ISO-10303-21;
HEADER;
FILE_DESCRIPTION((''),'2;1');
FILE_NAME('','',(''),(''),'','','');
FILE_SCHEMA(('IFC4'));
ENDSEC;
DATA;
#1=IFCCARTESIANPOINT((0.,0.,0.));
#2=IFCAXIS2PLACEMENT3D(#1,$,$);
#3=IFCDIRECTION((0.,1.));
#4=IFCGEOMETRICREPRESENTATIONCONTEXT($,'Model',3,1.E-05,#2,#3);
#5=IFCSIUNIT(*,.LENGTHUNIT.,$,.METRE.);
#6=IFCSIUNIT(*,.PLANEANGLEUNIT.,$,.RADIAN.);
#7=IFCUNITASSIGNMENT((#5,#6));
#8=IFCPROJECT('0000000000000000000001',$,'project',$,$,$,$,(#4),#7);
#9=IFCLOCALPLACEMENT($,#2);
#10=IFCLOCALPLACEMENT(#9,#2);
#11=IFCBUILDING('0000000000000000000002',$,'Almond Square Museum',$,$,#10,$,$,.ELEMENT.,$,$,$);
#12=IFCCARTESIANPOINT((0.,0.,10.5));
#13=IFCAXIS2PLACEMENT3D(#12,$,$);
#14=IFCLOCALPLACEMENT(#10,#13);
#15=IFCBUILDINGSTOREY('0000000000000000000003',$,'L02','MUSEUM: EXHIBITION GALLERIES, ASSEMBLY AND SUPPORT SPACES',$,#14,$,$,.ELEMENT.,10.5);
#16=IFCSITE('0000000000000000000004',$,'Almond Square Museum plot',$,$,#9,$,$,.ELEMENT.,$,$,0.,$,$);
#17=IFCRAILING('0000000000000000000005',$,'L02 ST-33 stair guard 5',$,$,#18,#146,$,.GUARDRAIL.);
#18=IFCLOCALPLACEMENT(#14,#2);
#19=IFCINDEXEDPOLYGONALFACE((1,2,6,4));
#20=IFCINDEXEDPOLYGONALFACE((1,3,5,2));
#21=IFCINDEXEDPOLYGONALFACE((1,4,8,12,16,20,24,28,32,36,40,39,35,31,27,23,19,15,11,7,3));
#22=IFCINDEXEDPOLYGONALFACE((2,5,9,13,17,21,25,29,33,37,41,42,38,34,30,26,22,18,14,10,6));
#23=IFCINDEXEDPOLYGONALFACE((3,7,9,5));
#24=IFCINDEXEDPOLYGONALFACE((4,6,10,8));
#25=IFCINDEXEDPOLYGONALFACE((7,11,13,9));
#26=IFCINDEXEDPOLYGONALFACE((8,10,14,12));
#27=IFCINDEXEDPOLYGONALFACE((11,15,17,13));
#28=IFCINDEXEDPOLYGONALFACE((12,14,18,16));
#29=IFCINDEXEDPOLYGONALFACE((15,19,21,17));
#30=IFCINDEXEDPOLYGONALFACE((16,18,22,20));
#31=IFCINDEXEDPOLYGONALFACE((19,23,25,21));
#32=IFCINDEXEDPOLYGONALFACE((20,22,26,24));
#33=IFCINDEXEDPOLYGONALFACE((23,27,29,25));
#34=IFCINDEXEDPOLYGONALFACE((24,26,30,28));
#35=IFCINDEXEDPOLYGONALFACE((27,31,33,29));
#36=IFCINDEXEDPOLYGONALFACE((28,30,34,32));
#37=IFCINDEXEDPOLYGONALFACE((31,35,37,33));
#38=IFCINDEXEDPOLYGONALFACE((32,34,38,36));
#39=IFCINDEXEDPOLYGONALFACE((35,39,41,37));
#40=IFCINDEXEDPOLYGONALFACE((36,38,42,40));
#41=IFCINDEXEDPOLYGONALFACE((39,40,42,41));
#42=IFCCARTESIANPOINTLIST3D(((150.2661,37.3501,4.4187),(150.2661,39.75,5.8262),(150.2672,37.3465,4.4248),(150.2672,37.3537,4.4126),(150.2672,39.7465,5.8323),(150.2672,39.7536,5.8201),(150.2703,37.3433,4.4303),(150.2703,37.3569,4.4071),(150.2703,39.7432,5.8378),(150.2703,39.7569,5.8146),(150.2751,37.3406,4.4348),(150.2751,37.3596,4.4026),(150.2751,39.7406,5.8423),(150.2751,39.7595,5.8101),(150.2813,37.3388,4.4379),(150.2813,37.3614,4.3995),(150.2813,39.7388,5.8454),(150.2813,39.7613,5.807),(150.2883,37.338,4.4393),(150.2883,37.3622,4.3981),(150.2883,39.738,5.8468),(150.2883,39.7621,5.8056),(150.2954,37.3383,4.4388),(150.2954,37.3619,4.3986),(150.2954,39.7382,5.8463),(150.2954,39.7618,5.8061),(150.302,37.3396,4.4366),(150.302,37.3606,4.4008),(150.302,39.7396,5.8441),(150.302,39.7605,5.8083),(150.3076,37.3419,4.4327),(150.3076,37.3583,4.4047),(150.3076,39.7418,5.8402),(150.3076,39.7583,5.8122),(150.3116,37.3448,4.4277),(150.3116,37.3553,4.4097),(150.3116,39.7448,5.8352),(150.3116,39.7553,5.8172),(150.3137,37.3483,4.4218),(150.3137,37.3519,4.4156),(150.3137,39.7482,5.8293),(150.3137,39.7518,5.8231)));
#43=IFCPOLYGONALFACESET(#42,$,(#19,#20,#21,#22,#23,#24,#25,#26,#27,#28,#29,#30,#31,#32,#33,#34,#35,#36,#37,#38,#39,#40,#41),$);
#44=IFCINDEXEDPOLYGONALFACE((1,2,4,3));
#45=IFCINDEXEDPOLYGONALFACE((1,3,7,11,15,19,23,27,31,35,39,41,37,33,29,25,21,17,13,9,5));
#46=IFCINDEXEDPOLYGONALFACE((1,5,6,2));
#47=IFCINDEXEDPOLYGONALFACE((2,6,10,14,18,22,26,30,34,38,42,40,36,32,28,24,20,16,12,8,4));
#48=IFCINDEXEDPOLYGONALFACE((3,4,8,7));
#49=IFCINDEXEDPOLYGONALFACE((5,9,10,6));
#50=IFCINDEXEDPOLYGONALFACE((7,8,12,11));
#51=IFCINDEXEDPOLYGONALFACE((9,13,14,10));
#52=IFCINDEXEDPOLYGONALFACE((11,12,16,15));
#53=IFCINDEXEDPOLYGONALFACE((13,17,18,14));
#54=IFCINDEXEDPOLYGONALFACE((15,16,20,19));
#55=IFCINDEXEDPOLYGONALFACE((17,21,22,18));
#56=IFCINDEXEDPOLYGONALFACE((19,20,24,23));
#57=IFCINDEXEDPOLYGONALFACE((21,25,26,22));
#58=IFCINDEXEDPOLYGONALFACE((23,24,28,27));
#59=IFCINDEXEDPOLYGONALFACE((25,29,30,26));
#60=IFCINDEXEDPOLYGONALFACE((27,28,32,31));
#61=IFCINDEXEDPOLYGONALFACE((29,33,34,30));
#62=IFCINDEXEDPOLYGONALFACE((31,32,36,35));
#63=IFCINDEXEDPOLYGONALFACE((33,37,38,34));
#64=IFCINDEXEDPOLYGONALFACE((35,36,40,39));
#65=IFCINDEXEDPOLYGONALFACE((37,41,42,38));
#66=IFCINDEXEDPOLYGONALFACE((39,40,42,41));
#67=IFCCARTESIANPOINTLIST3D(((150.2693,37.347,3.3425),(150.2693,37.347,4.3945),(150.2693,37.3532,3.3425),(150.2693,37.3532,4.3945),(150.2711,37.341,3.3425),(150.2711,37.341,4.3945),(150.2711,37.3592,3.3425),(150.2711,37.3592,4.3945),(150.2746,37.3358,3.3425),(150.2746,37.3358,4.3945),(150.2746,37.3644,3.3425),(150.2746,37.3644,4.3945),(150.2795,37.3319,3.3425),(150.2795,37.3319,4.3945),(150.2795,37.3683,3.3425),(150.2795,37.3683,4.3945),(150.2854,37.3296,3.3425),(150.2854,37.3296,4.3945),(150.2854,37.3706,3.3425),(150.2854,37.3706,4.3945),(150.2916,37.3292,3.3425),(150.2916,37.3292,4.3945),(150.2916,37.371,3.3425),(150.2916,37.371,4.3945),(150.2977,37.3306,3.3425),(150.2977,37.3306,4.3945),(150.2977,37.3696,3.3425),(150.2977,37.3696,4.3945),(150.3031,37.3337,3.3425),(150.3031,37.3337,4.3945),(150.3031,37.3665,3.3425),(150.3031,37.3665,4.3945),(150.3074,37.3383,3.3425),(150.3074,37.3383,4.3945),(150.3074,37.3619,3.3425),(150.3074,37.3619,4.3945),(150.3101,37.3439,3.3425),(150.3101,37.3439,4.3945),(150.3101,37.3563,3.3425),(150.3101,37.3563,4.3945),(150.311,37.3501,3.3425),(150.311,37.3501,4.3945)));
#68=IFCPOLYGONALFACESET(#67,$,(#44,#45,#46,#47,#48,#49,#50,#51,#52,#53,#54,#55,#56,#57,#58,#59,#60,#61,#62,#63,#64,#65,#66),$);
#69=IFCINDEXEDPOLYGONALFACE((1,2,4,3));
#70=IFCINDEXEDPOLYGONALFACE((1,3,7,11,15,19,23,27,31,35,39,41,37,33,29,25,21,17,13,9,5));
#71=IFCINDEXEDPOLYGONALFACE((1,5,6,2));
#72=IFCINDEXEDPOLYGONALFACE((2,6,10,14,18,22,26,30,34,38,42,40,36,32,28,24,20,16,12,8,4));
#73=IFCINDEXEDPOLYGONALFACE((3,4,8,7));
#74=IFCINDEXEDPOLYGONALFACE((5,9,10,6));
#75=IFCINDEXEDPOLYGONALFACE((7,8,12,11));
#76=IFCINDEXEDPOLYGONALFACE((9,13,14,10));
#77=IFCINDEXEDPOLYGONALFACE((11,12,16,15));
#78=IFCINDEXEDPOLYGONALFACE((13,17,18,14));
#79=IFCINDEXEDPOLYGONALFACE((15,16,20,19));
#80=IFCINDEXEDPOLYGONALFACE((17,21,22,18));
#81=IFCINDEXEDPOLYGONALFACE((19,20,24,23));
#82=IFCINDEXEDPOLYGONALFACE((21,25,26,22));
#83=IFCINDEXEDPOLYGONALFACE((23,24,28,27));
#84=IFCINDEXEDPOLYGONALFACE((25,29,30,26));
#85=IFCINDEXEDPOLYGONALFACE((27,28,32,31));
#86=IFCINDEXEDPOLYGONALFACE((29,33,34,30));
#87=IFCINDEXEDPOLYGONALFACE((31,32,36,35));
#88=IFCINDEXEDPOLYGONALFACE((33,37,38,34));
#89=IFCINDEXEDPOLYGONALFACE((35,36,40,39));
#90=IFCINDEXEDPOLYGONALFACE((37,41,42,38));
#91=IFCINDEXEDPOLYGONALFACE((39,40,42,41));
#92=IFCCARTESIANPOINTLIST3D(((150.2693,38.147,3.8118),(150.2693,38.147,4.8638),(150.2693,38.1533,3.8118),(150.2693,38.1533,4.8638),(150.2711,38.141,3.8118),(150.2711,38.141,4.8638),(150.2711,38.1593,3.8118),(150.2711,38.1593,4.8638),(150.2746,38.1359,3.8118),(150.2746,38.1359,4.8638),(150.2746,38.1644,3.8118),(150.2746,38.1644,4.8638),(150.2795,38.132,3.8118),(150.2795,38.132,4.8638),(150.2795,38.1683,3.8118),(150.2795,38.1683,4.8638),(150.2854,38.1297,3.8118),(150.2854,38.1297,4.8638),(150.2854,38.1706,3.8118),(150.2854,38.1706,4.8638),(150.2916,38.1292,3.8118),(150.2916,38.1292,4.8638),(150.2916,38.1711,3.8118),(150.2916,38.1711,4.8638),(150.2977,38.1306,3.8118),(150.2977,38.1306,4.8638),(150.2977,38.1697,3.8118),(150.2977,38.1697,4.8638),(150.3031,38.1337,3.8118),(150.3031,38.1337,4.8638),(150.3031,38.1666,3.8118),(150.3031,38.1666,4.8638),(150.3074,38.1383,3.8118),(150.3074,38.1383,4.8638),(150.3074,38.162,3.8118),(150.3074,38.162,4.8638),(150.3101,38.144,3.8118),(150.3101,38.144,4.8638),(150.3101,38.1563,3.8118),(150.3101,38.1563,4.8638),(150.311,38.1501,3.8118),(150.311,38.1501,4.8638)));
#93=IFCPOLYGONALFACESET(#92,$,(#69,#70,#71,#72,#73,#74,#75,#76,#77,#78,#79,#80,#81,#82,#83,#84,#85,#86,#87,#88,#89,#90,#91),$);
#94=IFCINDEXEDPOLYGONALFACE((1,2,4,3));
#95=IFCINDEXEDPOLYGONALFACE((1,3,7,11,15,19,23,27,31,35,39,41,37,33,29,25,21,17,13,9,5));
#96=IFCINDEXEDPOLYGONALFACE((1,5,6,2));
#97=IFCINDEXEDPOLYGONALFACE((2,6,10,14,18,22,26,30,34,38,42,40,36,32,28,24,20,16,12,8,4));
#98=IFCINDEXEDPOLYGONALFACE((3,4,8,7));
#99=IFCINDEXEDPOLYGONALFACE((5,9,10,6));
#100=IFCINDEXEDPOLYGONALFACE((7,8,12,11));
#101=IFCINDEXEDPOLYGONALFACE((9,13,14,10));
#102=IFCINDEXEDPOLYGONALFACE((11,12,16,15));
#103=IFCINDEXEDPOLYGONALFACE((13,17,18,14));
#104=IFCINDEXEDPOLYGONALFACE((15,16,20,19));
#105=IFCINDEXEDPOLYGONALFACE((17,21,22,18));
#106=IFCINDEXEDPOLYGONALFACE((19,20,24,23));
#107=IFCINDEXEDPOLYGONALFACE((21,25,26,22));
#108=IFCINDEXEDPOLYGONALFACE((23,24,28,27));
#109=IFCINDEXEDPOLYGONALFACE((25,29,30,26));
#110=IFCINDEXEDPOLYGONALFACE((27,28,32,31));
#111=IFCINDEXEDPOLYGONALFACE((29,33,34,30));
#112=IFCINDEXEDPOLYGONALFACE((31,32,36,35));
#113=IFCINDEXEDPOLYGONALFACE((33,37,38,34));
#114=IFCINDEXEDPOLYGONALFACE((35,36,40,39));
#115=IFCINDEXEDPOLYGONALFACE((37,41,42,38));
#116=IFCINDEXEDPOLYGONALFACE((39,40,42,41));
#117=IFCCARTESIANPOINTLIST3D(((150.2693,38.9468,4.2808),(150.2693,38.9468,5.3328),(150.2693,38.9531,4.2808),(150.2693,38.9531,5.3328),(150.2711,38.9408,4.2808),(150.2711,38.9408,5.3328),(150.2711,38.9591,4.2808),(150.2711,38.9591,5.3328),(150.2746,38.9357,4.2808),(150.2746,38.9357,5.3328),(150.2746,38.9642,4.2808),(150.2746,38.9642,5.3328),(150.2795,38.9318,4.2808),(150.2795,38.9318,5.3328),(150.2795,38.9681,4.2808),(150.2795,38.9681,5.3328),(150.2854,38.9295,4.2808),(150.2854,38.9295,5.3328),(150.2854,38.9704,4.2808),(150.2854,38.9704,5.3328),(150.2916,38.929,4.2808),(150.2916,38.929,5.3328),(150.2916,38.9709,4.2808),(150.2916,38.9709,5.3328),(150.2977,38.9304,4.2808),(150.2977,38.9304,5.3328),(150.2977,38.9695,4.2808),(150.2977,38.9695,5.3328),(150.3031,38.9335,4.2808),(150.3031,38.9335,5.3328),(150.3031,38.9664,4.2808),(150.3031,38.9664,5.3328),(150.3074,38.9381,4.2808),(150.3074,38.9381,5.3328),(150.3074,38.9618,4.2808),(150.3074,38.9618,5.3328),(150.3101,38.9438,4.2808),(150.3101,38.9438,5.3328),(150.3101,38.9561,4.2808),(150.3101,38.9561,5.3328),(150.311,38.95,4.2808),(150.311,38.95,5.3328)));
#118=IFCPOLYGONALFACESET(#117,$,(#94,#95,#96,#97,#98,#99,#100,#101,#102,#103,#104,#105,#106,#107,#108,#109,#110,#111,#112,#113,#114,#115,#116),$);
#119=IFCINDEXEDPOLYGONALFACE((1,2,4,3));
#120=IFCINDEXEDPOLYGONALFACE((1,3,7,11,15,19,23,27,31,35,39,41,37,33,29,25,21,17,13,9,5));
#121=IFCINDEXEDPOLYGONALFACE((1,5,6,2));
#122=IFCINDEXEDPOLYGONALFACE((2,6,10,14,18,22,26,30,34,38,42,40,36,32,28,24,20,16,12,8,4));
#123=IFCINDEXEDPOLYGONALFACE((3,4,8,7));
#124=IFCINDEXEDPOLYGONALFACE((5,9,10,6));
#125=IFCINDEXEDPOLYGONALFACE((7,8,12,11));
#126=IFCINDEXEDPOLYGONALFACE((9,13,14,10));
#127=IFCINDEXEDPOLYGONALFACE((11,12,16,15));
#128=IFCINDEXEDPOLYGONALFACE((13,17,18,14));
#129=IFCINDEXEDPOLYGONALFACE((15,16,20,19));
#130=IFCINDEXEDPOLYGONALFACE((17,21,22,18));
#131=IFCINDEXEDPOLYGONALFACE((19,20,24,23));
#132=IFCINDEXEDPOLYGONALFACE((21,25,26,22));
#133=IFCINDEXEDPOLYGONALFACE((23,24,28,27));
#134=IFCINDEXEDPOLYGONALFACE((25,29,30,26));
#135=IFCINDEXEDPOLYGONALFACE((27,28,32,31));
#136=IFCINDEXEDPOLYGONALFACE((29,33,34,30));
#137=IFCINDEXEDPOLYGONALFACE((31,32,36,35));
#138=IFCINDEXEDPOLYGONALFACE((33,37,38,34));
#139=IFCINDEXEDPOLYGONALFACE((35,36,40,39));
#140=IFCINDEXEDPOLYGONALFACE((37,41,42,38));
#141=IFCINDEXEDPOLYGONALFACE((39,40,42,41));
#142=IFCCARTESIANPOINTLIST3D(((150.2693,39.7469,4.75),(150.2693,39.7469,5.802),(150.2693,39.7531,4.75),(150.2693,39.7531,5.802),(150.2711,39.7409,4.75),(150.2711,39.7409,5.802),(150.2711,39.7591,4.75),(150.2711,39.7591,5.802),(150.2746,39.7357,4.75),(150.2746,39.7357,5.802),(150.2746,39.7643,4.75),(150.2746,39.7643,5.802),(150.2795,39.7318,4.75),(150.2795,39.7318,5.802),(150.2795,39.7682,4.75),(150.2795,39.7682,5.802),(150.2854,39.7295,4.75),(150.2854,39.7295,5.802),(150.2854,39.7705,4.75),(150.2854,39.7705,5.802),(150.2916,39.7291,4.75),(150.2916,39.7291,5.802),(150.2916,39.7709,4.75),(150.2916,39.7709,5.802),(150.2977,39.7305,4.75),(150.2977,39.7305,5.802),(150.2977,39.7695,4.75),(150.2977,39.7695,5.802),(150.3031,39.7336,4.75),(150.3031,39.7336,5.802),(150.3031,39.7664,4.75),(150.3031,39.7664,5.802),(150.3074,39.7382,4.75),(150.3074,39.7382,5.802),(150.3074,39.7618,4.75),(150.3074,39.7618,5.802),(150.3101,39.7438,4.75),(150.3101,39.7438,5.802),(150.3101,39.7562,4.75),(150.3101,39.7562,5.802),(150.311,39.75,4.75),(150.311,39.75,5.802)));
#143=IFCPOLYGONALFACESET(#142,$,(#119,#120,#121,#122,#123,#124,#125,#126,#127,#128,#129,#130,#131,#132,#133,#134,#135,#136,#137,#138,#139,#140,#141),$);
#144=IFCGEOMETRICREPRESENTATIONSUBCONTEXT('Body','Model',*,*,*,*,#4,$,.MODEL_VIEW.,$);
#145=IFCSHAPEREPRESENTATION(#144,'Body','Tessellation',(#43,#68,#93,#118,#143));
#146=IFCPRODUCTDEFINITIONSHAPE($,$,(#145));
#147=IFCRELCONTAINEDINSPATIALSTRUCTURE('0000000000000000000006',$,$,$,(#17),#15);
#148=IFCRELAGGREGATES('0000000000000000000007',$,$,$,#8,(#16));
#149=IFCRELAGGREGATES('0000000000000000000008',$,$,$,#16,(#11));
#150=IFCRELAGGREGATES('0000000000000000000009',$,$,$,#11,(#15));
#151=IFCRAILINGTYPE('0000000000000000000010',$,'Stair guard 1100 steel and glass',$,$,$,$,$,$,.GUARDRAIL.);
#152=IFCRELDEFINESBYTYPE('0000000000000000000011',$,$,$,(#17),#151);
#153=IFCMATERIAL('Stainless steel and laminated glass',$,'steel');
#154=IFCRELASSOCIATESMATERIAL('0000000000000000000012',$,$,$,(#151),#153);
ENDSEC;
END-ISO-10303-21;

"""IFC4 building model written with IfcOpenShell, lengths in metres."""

from ifc_helpers import new_model, si_unit, direction, frame, origin, origin_2d, place, context, subcontext, project, spatial, circle, extrude, material, type_object, element, save


model = new_model("IFC4")

# Units and contexts
model_context = context("Model", 3, precision=1e-05, world=origin(), true_north=direction((0.0, 1.0)))
body_context = subcontext(model_context, "Body", "Model", "MODEL_VIEW")
ifc_project = project(units=[si_unit("LENGTHUNIT", "METRE"), si_unit("PLANEANGLEUNIT", "RADIAN")], contexts=[model_context])

# Site, building, storey
site_placement = place(None, origin())
site = spatial("IfcSite", under=ifc_project, at=site_placement, Name="Almond Square Museum plot", CompositionType="ELEMENT", RefElevation=0.0)
building_placement = place(site_placement, origin())
building = spatial("IfcBuilding", under=site, at=building_placement, Name="Almond Square Museum", CompositionType="ELEMENT")
storey_placement = place(building_placement, frame((0.0, 0.0, 10.5)))
storey = spatial("IfcBuildingStorey", under=building, at=storey_placement, Name="L02", Description="MUSEUM: EXHIBITION GALLERIES, ASSEMBLY AND SUPPORT SPACES", CompositionType="ELEMENT", Elevation=10.5)

# Railing
ifc_material_1 = material(Name="Stainless steel and laminated glass", Category="steel")
railing_type_1 = type_object("IfcRailingType", Name="Stair guard 1100 steel and glass", PredefinedType="GUARDRAIL", material=ifc_material_1)
railing_1_placement = place(storey_placement, frame((150.29, 37.3501, 3.3425)))
element("IfcRailing", 1, at=railing_1_placement, inside=storey, type_object=railing_type_1, Name="L02 ST-33 stair guard 5", PredefinedType="GUARDRAIL", context=body_context, shape_type="SweptSolid", body=[
    extrude(circle(Radius=0.0239, at=origin_2d()), frame((0.0, 0.0, 1.0762), z_axis=(0.0, 0.862599, 0.505888), x_axis=(-1.0, 0.0, 0.0)), (0.0, 0.0, 1.0), 2.7822),
    extrude(circle(Radius=0.021, at=origin_2d()), origin(), (0.0, 0.0, 1.0), 1.052),
    extrude(circle(Radius=0.021, at=origin_2d()), frame((0.0, 0.8, 0.4692)), (0.0, 0.0, 1.0), 1.052),
    extrude(circle(Radius=0.021, at=origin_2d()), frame((0.0, 1.5999, 0.9382)), (0.0, 0.0, 1.0), 1.052),
    extrude(circle(Radius=0.021, at=origin_2d()), frame((0.0, 2.3999, 1.4075)), (0.0, 0.0, 1.0), 1.052),
])

save(model, "model.ifc")
